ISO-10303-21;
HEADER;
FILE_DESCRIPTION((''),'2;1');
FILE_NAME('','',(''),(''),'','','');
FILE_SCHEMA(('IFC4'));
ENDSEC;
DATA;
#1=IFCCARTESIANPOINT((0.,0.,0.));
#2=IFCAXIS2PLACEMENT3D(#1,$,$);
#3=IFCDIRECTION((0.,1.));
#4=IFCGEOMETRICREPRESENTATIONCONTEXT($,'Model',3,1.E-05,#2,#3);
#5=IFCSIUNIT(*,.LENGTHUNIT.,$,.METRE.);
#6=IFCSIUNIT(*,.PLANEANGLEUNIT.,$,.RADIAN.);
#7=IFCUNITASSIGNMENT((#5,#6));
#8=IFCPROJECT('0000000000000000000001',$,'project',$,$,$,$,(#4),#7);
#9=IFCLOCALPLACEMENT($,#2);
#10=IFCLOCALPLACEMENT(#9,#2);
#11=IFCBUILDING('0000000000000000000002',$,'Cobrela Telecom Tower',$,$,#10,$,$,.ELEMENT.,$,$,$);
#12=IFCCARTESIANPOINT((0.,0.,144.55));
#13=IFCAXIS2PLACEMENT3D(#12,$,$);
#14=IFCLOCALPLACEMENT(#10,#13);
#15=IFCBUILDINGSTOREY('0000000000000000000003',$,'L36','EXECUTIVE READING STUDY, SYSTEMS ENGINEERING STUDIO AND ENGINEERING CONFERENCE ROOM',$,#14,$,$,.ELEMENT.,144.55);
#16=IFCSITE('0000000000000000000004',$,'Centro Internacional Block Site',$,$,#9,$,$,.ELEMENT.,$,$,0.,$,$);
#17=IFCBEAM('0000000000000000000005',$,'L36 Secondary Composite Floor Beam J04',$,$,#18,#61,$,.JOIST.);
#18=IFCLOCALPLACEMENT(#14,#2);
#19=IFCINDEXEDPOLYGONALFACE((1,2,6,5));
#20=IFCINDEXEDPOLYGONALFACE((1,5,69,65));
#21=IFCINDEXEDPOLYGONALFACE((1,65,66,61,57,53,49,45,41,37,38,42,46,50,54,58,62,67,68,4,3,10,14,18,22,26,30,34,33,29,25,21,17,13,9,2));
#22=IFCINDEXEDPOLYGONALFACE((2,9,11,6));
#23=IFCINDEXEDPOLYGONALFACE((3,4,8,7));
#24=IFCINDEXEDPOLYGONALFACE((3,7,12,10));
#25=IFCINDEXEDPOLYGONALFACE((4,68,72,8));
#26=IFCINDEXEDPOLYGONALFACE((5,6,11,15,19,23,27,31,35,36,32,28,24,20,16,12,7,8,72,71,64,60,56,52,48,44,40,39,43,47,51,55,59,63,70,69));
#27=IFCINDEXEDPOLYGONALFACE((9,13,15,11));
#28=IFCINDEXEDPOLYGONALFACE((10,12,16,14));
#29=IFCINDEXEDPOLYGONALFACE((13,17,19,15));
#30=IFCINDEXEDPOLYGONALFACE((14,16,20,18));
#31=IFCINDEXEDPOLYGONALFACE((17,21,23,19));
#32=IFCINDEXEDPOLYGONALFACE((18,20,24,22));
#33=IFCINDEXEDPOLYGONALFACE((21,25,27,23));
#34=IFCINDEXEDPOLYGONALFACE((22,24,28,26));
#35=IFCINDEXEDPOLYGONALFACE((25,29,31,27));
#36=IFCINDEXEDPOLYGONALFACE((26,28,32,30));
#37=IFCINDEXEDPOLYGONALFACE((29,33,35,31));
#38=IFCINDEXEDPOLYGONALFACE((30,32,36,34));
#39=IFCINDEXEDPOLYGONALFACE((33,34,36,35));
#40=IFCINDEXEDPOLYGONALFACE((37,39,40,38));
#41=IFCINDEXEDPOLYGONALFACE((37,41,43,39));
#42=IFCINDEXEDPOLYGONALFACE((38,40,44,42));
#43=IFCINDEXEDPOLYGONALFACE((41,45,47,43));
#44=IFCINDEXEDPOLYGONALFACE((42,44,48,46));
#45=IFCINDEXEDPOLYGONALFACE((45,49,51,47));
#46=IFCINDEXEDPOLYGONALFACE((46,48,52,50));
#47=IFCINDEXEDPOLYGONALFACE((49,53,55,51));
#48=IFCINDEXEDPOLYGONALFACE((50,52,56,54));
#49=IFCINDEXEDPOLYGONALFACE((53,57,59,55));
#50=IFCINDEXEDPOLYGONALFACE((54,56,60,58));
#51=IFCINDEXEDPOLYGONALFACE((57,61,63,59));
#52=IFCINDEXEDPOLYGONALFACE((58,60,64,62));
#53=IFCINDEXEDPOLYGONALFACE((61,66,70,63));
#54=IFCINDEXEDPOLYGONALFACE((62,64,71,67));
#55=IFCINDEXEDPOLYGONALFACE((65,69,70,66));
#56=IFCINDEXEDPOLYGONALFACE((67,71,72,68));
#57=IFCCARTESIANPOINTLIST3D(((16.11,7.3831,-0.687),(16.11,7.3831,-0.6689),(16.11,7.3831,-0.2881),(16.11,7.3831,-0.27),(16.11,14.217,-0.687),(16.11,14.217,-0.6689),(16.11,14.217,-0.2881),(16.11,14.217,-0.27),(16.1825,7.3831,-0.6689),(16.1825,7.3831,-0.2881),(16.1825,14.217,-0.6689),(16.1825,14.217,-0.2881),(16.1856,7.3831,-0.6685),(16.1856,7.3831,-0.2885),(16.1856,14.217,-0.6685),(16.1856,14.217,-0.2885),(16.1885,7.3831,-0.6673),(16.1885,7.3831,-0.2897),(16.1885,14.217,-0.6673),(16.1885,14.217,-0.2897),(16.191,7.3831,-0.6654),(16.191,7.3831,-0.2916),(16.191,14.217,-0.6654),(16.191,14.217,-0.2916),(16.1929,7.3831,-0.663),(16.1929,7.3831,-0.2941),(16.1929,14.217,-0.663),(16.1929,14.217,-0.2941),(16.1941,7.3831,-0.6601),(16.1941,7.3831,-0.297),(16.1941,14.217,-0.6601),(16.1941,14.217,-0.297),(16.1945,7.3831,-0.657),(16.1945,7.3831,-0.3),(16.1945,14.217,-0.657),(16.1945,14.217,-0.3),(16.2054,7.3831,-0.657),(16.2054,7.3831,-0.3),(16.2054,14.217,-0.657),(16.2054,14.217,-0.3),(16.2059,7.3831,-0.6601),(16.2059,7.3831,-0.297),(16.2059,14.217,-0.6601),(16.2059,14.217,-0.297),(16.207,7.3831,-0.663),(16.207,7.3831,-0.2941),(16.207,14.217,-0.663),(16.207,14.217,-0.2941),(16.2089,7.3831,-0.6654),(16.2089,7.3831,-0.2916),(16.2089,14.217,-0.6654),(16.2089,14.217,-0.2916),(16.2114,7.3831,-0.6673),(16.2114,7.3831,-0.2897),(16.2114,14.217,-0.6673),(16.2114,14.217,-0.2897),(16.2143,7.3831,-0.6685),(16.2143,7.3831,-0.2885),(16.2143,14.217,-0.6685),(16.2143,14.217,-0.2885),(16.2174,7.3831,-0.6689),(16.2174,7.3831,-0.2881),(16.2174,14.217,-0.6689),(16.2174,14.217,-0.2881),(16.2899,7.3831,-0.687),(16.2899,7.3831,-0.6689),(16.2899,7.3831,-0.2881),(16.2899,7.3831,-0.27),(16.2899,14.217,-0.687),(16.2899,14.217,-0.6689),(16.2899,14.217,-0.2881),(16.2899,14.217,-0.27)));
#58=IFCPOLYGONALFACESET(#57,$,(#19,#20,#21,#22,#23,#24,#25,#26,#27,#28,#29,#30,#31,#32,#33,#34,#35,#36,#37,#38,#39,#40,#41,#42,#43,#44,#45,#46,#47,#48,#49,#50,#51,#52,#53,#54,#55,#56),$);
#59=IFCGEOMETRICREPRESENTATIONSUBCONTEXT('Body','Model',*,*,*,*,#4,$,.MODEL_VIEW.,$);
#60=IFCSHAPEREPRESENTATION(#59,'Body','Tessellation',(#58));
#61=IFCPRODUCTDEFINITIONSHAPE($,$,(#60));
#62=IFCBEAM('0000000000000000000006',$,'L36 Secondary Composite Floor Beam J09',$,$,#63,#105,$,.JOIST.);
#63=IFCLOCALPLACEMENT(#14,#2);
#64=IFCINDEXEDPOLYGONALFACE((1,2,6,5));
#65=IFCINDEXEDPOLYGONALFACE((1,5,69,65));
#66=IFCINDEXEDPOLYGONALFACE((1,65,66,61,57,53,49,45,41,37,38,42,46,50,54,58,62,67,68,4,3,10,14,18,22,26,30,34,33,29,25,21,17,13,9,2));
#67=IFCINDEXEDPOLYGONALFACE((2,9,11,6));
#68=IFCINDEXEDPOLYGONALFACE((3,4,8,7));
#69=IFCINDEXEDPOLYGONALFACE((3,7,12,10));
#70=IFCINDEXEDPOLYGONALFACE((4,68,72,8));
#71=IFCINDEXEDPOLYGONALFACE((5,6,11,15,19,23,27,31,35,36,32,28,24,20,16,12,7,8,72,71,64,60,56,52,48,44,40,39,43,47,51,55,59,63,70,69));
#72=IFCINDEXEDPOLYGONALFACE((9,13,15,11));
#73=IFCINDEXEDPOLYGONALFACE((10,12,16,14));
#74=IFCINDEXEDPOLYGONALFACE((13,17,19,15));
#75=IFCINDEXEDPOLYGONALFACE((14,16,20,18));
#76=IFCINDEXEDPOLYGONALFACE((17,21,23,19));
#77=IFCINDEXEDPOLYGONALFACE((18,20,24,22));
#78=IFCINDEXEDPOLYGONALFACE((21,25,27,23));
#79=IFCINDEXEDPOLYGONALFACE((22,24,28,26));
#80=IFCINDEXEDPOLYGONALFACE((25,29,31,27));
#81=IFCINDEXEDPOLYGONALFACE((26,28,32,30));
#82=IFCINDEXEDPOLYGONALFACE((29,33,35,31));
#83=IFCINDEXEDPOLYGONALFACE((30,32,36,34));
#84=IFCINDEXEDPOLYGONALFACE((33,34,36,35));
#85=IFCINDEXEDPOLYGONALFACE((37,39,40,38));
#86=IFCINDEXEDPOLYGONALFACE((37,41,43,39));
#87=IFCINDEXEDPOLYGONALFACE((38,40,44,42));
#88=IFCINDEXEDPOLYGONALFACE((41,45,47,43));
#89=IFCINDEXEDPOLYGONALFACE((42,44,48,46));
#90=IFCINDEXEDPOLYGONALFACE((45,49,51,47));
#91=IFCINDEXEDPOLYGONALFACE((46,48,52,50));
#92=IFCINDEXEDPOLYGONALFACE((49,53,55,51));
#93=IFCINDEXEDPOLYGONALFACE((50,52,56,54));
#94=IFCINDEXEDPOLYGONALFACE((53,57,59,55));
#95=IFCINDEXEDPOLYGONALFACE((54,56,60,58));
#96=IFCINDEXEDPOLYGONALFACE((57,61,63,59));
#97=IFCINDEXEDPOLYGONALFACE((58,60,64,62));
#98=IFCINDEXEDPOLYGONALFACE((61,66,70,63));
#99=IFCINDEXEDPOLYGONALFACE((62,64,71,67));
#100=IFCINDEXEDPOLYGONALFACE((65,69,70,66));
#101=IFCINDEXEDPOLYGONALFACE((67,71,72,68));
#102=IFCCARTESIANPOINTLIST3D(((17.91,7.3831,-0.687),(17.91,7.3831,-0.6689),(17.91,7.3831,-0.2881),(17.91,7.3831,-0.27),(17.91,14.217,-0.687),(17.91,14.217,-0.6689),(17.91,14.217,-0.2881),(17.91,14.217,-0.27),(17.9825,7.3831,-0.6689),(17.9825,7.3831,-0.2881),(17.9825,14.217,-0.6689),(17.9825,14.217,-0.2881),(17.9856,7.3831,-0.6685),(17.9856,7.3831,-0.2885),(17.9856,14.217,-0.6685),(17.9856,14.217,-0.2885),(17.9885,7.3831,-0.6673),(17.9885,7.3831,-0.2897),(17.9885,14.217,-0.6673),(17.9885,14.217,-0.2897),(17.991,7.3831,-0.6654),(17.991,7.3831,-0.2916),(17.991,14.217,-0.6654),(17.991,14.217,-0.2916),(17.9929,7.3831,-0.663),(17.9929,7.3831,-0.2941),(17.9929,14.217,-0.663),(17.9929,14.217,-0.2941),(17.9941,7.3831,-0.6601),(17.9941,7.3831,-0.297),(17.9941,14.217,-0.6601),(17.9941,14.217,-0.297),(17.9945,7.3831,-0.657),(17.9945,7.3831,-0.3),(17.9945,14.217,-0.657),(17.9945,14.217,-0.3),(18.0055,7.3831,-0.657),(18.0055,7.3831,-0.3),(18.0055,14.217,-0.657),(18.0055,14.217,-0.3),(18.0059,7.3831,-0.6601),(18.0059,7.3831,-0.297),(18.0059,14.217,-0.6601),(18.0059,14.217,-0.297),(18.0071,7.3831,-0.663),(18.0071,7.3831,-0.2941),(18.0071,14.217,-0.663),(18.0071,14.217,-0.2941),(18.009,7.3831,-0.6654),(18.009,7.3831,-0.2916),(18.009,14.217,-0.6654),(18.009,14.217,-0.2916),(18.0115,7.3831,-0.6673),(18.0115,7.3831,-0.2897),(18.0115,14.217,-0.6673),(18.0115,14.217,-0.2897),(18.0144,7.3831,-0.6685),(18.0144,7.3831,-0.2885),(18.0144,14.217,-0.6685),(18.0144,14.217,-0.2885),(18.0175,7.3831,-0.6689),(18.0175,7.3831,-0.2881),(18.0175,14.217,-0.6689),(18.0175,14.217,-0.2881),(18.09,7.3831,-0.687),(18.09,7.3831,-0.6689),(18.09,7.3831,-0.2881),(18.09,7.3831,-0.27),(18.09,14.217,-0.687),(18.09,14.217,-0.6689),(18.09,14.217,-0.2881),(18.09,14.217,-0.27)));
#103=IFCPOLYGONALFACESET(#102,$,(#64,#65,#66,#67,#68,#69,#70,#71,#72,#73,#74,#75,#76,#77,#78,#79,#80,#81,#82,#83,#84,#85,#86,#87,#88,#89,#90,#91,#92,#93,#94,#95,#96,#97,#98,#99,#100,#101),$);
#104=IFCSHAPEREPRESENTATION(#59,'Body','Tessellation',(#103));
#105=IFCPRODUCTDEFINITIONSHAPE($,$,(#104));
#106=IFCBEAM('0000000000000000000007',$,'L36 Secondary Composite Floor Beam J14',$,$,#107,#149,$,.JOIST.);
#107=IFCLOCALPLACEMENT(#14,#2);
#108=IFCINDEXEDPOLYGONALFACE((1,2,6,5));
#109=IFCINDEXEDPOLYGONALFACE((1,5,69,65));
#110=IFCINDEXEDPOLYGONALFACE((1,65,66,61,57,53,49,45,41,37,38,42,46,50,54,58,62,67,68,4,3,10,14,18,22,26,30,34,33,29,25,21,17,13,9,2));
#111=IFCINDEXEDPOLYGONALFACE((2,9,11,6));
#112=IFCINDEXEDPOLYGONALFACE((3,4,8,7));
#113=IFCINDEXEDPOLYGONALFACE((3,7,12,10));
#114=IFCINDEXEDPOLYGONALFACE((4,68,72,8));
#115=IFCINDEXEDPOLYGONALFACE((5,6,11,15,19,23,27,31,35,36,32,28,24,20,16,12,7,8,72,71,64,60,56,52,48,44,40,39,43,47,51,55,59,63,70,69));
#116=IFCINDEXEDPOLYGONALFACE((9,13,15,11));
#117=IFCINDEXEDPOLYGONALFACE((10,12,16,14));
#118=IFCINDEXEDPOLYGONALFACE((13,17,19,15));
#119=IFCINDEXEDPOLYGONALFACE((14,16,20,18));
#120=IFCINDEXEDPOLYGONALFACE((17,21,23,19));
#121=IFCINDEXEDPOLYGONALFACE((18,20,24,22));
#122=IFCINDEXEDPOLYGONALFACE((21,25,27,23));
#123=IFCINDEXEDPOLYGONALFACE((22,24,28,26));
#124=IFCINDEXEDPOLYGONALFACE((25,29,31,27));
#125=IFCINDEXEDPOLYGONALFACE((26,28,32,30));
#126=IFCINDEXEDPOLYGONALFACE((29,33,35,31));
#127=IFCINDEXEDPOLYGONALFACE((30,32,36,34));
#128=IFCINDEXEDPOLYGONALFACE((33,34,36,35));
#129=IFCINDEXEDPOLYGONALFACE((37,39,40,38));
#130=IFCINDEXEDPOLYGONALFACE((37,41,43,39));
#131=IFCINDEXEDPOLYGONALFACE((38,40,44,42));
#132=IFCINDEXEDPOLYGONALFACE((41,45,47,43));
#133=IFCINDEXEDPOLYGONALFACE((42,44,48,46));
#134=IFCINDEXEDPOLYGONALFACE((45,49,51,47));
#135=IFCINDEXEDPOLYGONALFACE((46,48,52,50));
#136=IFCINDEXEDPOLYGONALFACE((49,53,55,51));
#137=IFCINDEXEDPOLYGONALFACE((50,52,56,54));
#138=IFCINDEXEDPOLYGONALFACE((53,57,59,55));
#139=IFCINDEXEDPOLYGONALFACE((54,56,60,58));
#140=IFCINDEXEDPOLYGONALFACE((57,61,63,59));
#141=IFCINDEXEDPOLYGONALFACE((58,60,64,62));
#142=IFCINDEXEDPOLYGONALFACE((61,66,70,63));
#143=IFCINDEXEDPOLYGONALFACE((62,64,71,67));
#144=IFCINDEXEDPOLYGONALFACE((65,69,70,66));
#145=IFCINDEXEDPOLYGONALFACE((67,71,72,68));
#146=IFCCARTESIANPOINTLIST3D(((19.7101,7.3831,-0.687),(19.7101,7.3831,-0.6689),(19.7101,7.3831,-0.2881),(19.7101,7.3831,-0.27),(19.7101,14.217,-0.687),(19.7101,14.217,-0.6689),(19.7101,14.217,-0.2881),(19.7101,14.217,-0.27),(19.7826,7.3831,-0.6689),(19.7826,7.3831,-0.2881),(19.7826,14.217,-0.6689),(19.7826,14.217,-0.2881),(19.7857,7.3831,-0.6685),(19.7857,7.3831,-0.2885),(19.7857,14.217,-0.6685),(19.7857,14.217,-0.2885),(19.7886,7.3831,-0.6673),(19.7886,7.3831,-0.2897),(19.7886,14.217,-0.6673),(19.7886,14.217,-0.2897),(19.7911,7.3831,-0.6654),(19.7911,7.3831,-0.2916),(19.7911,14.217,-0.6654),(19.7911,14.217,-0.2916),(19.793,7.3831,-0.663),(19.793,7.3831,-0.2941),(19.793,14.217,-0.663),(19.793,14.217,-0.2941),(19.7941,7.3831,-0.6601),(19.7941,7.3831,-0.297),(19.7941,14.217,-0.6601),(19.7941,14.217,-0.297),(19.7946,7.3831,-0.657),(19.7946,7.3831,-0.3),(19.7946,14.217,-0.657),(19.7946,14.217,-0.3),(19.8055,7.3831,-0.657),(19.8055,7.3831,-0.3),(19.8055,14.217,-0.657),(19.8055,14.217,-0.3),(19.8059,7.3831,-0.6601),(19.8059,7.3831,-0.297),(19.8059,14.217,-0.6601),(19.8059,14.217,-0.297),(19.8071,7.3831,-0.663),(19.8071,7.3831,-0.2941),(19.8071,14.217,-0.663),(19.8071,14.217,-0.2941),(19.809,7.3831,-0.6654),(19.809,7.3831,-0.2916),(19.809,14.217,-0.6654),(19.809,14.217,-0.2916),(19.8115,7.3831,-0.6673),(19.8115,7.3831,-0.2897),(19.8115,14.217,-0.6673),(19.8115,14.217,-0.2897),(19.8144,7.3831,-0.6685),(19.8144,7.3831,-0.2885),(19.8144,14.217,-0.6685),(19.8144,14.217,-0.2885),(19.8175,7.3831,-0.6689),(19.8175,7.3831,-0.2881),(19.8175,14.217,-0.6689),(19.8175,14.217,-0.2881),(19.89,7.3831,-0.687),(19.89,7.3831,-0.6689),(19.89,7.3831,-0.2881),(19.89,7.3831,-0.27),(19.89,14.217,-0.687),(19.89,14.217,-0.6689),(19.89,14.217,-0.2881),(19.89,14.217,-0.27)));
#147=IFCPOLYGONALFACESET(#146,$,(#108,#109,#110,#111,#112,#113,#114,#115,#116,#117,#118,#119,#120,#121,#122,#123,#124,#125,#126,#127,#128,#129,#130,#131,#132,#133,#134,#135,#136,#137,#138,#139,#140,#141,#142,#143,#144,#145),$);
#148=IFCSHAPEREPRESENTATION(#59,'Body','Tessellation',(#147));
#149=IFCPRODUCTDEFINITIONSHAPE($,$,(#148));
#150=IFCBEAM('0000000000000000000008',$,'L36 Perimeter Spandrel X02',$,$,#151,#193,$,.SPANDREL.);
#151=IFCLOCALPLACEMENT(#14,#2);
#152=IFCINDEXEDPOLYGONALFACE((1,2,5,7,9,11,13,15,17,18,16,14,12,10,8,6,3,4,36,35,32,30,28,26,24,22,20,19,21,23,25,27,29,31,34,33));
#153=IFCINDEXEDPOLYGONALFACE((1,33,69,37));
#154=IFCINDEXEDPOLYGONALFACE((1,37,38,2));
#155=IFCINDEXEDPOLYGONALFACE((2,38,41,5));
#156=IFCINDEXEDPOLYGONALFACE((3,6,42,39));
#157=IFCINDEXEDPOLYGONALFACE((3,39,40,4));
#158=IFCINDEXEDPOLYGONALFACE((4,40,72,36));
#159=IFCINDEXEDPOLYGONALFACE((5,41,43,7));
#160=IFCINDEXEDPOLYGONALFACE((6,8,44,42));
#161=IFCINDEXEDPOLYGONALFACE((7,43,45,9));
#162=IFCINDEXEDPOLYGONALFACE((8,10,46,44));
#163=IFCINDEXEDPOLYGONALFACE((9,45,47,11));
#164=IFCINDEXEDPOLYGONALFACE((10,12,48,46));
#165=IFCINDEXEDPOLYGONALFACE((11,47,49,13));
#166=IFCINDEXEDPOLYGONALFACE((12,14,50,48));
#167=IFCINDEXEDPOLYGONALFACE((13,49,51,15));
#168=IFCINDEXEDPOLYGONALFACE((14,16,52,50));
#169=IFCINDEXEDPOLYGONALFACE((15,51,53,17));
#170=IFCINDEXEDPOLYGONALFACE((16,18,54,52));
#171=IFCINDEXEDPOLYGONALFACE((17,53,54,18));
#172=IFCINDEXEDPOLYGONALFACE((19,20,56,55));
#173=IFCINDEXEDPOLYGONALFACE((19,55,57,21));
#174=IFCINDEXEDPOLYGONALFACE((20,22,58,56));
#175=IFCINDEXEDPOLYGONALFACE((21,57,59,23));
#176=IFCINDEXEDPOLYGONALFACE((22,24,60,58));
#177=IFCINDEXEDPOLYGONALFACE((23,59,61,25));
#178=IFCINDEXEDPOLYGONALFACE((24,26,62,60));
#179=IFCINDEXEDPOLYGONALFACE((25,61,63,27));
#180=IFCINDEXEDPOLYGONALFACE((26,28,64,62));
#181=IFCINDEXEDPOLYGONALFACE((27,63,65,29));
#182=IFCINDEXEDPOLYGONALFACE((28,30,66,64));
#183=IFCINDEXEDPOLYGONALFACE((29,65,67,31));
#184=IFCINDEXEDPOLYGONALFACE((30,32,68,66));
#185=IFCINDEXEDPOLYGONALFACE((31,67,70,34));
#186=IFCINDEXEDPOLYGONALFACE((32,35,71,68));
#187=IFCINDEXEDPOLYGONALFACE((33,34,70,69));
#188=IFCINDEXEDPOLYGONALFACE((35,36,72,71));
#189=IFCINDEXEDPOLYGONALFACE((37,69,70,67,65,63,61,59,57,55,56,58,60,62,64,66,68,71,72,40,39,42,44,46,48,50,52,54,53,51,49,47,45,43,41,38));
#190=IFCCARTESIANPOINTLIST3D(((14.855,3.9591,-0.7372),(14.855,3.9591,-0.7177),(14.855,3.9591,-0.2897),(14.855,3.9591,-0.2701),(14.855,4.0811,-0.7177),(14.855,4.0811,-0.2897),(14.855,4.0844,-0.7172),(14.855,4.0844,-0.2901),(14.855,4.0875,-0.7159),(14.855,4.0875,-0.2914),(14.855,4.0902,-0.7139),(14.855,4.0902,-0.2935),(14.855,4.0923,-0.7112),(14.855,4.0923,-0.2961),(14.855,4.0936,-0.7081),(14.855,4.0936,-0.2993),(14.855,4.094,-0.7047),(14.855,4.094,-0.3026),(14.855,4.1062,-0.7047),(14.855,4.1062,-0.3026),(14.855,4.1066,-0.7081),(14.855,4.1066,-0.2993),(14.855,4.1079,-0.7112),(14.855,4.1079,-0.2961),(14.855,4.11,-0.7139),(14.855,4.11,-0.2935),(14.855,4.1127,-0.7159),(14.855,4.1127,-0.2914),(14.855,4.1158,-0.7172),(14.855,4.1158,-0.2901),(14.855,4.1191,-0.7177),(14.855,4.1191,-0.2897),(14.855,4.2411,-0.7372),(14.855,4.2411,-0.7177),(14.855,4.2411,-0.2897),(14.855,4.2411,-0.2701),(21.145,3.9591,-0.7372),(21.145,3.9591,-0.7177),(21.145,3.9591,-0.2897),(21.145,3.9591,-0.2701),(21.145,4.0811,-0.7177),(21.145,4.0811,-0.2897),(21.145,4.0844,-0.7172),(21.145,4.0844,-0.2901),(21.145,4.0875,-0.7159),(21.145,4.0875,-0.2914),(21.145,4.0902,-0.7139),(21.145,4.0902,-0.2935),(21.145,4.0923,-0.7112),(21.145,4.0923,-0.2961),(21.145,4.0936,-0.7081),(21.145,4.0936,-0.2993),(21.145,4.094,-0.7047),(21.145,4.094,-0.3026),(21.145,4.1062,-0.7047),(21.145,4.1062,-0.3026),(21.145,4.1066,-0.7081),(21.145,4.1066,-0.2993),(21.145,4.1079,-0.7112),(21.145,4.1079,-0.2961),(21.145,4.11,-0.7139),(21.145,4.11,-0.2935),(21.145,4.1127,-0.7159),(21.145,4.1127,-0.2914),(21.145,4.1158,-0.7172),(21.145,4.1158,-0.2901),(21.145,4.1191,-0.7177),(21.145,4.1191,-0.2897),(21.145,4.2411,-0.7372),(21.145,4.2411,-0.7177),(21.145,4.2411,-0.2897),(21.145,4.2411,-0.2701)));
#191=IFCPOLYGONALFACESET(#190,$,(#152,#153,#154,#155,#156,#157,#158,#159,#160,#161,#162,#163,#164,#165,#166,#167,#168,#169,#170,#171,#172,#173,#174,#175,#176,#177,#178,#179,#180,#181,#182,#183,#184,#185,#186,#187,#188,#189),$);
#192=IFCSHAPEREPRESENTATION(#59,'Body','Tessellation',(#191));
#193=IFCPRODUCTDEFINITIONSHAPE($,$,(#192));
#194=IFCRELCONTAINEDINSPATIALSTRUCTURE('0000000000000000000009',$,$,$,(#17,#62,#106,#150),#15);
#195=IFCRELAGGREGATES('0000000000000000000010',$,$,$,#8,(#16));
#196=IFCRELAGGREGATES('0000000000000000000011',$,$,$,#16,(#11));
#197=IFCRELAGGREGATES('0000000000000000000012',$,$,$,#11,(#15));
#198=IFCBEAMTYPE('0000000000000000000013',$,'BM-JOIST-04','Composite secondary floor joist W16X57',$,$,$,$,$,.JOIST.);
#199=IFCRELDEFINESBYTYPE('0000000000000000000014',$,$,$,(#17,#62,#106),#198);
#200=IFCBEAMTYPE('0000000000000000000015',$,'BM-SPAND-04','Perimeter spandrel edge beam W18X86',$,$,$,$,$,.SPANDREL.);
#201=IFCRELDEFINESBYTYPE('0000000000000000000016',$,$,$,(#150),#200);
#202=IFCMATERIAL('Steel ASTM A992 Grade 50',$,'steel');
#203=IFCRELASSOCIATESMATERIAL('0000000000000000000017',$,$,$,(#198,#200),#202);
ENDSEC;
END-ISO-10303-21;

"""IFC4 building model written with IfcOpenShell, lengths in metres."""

from ifc_helpers import new_model, si_unit, direction, frame, origin, origin_2d, place, context, subcontext, project, spatial, i_section, extrude, material, material_profile, profile_set, type_object, element, save


model = new_model("IFC4")

# Units and contexts
model_context = context("Model", 3, precision=1e-05, world=origin(), true_north=direction((0.0, 1.0)))
body_context = subcontext(model_context, "Body", "Model", "MODEL_VIEW")
ifc_project = project(units=[si_unit("LENGTHUNIT", "METRE"), si_unit("PLANEANGLEUNIT", "RADIAN")], contexts=[model_context])

# Site, building, storey
site_placement = place(None, origin())
site = spatial("IfcSite", under=ifc_project, at=site_placement, Name="Centro Internacional Block Site", CompositionType="ELEMENT", RefElevation=0.0)
building_placement = place(site_placement, origin())
building = spatial("IfcBuilding", under=site, at=building_placement, Name="Cobrela Telecom Tower", CompositionType="ELEMENT")
storey_placement = place(building_placement, frame((0.0, 0.0, 144.55)))
storey = spatial("IfcBuildingStorey", under=building, at=storey_placement, Name="L36", Description="EXECUTIVE READING STUDY, SYSTEMS ENGINEERING STUDIO AND ENGINEERING CONFERENCE ROOM", CompositionType="ELEMENT", Elevation=144.55)

# Beams
ifc_material_1 = material(Name="Steel ASTM A992 Grade 50", Category="steel")
ifc_material_profile_1 = material_profile(ifc_material_1, i_section(OverallWidth=0.1799, OverallDepth=0.417, WebThickness=0.011, FlangeThickness=0.0181, FilletRadius=0.012, at=origin_2d()), Name="W16X57")
ifc_profile_set_1 = profile_set([ifc_material_profile_1], Name="Steel ASTM A992 Grade 50")
beam_type_1 = type_object("IfcBeamType", Name="BM-JOIST-04", Description="Composite secondary floor joist W16X57", PredefinedType="JOIST", material=ifc_profile_set_1)
for number, where, z_axis, x_axis, name in (
    (1, (16.2, 7.3831, -0.4785), (0.0, 1.0, 0.0), (-1.0, 0.0, 0.0), "L36 Secondary Composite Floor Beam J04"),
    (2, (18.0, 7.3831, -0.4785), (0.0, 1.0, 0.0), (-1.0, 0.0, 0.0), "L36 Secondary Composite Floor Beam J09"),
    (3, (19.8, 7.3831, -0.4785), (0.0, 1.0, 0.0), (-1.0, 0.0, 0.0), "L36 Secondary Composite Floor Beam J14"),
):
    element("IfcBeam", number, at=place(storey_placement, frame(where, z_axis=z_axis, x_axis=x_axis)), inside=storey, type_object=beam_type_1, Name=name, PredefinedType="JOIST", context=body_context, shape_type="SweptSolid", body=[
        extrude(i_section(OverallWidth=0.1799, OverallDepth=0.417, WebThickness=0.011, FlangeThickness=0.0181, FilletRadius=0.012, at=origin_2d()), origin(), (0.0, 0.0, 1.0), 6.834),
    ])
ifc_material_profile_2 = material_profile(ifc_material_1, i_section(OverallWidth=0.282, OverallDepth=0.467, WebThickness=0.0122, FlangeThickness=0.0195, FilletRadius=0.0129, at=origin_2d()), Name="W18X86")
ifc_profile_set_2 = profile_set([ifc_material_profile_2], Name="Steel ASTM A992 Grade 50")
beam_type_2 = type_object("IfcBeamType", Name="BM-SPAND-04", Description="Perimeter spandrel edge beam W18X86", PredefinedType="SPANDREL", material=ifc_profile_set_2)
beam_1_placement = place(storey_placement, frame((14.855, 4.1001, -0.5037), z_axis=(1.0, 0.0, 0.0), x_axis=(0.0, 1.0, 0.0)))
element("IfcBeam", 4, at=beam_1_placement, inside=storey, type_object=beam_type_2, Name="L36 Perimeter Spandrel X02", PredefinedType="SPANDREL", context=body_context, shape_type="SweptSolid", body=[
    extrude(i_section(OverallWidth=0.282, OverallDepth=0.467, WebThickness=0.0122, FlangeThickness=0.0195, FilletRadius=0.0129, at=origin_2d()), origin(), (0.0, 0.0, 1.0), 6.29),
])

save(model, "model.ifc")
